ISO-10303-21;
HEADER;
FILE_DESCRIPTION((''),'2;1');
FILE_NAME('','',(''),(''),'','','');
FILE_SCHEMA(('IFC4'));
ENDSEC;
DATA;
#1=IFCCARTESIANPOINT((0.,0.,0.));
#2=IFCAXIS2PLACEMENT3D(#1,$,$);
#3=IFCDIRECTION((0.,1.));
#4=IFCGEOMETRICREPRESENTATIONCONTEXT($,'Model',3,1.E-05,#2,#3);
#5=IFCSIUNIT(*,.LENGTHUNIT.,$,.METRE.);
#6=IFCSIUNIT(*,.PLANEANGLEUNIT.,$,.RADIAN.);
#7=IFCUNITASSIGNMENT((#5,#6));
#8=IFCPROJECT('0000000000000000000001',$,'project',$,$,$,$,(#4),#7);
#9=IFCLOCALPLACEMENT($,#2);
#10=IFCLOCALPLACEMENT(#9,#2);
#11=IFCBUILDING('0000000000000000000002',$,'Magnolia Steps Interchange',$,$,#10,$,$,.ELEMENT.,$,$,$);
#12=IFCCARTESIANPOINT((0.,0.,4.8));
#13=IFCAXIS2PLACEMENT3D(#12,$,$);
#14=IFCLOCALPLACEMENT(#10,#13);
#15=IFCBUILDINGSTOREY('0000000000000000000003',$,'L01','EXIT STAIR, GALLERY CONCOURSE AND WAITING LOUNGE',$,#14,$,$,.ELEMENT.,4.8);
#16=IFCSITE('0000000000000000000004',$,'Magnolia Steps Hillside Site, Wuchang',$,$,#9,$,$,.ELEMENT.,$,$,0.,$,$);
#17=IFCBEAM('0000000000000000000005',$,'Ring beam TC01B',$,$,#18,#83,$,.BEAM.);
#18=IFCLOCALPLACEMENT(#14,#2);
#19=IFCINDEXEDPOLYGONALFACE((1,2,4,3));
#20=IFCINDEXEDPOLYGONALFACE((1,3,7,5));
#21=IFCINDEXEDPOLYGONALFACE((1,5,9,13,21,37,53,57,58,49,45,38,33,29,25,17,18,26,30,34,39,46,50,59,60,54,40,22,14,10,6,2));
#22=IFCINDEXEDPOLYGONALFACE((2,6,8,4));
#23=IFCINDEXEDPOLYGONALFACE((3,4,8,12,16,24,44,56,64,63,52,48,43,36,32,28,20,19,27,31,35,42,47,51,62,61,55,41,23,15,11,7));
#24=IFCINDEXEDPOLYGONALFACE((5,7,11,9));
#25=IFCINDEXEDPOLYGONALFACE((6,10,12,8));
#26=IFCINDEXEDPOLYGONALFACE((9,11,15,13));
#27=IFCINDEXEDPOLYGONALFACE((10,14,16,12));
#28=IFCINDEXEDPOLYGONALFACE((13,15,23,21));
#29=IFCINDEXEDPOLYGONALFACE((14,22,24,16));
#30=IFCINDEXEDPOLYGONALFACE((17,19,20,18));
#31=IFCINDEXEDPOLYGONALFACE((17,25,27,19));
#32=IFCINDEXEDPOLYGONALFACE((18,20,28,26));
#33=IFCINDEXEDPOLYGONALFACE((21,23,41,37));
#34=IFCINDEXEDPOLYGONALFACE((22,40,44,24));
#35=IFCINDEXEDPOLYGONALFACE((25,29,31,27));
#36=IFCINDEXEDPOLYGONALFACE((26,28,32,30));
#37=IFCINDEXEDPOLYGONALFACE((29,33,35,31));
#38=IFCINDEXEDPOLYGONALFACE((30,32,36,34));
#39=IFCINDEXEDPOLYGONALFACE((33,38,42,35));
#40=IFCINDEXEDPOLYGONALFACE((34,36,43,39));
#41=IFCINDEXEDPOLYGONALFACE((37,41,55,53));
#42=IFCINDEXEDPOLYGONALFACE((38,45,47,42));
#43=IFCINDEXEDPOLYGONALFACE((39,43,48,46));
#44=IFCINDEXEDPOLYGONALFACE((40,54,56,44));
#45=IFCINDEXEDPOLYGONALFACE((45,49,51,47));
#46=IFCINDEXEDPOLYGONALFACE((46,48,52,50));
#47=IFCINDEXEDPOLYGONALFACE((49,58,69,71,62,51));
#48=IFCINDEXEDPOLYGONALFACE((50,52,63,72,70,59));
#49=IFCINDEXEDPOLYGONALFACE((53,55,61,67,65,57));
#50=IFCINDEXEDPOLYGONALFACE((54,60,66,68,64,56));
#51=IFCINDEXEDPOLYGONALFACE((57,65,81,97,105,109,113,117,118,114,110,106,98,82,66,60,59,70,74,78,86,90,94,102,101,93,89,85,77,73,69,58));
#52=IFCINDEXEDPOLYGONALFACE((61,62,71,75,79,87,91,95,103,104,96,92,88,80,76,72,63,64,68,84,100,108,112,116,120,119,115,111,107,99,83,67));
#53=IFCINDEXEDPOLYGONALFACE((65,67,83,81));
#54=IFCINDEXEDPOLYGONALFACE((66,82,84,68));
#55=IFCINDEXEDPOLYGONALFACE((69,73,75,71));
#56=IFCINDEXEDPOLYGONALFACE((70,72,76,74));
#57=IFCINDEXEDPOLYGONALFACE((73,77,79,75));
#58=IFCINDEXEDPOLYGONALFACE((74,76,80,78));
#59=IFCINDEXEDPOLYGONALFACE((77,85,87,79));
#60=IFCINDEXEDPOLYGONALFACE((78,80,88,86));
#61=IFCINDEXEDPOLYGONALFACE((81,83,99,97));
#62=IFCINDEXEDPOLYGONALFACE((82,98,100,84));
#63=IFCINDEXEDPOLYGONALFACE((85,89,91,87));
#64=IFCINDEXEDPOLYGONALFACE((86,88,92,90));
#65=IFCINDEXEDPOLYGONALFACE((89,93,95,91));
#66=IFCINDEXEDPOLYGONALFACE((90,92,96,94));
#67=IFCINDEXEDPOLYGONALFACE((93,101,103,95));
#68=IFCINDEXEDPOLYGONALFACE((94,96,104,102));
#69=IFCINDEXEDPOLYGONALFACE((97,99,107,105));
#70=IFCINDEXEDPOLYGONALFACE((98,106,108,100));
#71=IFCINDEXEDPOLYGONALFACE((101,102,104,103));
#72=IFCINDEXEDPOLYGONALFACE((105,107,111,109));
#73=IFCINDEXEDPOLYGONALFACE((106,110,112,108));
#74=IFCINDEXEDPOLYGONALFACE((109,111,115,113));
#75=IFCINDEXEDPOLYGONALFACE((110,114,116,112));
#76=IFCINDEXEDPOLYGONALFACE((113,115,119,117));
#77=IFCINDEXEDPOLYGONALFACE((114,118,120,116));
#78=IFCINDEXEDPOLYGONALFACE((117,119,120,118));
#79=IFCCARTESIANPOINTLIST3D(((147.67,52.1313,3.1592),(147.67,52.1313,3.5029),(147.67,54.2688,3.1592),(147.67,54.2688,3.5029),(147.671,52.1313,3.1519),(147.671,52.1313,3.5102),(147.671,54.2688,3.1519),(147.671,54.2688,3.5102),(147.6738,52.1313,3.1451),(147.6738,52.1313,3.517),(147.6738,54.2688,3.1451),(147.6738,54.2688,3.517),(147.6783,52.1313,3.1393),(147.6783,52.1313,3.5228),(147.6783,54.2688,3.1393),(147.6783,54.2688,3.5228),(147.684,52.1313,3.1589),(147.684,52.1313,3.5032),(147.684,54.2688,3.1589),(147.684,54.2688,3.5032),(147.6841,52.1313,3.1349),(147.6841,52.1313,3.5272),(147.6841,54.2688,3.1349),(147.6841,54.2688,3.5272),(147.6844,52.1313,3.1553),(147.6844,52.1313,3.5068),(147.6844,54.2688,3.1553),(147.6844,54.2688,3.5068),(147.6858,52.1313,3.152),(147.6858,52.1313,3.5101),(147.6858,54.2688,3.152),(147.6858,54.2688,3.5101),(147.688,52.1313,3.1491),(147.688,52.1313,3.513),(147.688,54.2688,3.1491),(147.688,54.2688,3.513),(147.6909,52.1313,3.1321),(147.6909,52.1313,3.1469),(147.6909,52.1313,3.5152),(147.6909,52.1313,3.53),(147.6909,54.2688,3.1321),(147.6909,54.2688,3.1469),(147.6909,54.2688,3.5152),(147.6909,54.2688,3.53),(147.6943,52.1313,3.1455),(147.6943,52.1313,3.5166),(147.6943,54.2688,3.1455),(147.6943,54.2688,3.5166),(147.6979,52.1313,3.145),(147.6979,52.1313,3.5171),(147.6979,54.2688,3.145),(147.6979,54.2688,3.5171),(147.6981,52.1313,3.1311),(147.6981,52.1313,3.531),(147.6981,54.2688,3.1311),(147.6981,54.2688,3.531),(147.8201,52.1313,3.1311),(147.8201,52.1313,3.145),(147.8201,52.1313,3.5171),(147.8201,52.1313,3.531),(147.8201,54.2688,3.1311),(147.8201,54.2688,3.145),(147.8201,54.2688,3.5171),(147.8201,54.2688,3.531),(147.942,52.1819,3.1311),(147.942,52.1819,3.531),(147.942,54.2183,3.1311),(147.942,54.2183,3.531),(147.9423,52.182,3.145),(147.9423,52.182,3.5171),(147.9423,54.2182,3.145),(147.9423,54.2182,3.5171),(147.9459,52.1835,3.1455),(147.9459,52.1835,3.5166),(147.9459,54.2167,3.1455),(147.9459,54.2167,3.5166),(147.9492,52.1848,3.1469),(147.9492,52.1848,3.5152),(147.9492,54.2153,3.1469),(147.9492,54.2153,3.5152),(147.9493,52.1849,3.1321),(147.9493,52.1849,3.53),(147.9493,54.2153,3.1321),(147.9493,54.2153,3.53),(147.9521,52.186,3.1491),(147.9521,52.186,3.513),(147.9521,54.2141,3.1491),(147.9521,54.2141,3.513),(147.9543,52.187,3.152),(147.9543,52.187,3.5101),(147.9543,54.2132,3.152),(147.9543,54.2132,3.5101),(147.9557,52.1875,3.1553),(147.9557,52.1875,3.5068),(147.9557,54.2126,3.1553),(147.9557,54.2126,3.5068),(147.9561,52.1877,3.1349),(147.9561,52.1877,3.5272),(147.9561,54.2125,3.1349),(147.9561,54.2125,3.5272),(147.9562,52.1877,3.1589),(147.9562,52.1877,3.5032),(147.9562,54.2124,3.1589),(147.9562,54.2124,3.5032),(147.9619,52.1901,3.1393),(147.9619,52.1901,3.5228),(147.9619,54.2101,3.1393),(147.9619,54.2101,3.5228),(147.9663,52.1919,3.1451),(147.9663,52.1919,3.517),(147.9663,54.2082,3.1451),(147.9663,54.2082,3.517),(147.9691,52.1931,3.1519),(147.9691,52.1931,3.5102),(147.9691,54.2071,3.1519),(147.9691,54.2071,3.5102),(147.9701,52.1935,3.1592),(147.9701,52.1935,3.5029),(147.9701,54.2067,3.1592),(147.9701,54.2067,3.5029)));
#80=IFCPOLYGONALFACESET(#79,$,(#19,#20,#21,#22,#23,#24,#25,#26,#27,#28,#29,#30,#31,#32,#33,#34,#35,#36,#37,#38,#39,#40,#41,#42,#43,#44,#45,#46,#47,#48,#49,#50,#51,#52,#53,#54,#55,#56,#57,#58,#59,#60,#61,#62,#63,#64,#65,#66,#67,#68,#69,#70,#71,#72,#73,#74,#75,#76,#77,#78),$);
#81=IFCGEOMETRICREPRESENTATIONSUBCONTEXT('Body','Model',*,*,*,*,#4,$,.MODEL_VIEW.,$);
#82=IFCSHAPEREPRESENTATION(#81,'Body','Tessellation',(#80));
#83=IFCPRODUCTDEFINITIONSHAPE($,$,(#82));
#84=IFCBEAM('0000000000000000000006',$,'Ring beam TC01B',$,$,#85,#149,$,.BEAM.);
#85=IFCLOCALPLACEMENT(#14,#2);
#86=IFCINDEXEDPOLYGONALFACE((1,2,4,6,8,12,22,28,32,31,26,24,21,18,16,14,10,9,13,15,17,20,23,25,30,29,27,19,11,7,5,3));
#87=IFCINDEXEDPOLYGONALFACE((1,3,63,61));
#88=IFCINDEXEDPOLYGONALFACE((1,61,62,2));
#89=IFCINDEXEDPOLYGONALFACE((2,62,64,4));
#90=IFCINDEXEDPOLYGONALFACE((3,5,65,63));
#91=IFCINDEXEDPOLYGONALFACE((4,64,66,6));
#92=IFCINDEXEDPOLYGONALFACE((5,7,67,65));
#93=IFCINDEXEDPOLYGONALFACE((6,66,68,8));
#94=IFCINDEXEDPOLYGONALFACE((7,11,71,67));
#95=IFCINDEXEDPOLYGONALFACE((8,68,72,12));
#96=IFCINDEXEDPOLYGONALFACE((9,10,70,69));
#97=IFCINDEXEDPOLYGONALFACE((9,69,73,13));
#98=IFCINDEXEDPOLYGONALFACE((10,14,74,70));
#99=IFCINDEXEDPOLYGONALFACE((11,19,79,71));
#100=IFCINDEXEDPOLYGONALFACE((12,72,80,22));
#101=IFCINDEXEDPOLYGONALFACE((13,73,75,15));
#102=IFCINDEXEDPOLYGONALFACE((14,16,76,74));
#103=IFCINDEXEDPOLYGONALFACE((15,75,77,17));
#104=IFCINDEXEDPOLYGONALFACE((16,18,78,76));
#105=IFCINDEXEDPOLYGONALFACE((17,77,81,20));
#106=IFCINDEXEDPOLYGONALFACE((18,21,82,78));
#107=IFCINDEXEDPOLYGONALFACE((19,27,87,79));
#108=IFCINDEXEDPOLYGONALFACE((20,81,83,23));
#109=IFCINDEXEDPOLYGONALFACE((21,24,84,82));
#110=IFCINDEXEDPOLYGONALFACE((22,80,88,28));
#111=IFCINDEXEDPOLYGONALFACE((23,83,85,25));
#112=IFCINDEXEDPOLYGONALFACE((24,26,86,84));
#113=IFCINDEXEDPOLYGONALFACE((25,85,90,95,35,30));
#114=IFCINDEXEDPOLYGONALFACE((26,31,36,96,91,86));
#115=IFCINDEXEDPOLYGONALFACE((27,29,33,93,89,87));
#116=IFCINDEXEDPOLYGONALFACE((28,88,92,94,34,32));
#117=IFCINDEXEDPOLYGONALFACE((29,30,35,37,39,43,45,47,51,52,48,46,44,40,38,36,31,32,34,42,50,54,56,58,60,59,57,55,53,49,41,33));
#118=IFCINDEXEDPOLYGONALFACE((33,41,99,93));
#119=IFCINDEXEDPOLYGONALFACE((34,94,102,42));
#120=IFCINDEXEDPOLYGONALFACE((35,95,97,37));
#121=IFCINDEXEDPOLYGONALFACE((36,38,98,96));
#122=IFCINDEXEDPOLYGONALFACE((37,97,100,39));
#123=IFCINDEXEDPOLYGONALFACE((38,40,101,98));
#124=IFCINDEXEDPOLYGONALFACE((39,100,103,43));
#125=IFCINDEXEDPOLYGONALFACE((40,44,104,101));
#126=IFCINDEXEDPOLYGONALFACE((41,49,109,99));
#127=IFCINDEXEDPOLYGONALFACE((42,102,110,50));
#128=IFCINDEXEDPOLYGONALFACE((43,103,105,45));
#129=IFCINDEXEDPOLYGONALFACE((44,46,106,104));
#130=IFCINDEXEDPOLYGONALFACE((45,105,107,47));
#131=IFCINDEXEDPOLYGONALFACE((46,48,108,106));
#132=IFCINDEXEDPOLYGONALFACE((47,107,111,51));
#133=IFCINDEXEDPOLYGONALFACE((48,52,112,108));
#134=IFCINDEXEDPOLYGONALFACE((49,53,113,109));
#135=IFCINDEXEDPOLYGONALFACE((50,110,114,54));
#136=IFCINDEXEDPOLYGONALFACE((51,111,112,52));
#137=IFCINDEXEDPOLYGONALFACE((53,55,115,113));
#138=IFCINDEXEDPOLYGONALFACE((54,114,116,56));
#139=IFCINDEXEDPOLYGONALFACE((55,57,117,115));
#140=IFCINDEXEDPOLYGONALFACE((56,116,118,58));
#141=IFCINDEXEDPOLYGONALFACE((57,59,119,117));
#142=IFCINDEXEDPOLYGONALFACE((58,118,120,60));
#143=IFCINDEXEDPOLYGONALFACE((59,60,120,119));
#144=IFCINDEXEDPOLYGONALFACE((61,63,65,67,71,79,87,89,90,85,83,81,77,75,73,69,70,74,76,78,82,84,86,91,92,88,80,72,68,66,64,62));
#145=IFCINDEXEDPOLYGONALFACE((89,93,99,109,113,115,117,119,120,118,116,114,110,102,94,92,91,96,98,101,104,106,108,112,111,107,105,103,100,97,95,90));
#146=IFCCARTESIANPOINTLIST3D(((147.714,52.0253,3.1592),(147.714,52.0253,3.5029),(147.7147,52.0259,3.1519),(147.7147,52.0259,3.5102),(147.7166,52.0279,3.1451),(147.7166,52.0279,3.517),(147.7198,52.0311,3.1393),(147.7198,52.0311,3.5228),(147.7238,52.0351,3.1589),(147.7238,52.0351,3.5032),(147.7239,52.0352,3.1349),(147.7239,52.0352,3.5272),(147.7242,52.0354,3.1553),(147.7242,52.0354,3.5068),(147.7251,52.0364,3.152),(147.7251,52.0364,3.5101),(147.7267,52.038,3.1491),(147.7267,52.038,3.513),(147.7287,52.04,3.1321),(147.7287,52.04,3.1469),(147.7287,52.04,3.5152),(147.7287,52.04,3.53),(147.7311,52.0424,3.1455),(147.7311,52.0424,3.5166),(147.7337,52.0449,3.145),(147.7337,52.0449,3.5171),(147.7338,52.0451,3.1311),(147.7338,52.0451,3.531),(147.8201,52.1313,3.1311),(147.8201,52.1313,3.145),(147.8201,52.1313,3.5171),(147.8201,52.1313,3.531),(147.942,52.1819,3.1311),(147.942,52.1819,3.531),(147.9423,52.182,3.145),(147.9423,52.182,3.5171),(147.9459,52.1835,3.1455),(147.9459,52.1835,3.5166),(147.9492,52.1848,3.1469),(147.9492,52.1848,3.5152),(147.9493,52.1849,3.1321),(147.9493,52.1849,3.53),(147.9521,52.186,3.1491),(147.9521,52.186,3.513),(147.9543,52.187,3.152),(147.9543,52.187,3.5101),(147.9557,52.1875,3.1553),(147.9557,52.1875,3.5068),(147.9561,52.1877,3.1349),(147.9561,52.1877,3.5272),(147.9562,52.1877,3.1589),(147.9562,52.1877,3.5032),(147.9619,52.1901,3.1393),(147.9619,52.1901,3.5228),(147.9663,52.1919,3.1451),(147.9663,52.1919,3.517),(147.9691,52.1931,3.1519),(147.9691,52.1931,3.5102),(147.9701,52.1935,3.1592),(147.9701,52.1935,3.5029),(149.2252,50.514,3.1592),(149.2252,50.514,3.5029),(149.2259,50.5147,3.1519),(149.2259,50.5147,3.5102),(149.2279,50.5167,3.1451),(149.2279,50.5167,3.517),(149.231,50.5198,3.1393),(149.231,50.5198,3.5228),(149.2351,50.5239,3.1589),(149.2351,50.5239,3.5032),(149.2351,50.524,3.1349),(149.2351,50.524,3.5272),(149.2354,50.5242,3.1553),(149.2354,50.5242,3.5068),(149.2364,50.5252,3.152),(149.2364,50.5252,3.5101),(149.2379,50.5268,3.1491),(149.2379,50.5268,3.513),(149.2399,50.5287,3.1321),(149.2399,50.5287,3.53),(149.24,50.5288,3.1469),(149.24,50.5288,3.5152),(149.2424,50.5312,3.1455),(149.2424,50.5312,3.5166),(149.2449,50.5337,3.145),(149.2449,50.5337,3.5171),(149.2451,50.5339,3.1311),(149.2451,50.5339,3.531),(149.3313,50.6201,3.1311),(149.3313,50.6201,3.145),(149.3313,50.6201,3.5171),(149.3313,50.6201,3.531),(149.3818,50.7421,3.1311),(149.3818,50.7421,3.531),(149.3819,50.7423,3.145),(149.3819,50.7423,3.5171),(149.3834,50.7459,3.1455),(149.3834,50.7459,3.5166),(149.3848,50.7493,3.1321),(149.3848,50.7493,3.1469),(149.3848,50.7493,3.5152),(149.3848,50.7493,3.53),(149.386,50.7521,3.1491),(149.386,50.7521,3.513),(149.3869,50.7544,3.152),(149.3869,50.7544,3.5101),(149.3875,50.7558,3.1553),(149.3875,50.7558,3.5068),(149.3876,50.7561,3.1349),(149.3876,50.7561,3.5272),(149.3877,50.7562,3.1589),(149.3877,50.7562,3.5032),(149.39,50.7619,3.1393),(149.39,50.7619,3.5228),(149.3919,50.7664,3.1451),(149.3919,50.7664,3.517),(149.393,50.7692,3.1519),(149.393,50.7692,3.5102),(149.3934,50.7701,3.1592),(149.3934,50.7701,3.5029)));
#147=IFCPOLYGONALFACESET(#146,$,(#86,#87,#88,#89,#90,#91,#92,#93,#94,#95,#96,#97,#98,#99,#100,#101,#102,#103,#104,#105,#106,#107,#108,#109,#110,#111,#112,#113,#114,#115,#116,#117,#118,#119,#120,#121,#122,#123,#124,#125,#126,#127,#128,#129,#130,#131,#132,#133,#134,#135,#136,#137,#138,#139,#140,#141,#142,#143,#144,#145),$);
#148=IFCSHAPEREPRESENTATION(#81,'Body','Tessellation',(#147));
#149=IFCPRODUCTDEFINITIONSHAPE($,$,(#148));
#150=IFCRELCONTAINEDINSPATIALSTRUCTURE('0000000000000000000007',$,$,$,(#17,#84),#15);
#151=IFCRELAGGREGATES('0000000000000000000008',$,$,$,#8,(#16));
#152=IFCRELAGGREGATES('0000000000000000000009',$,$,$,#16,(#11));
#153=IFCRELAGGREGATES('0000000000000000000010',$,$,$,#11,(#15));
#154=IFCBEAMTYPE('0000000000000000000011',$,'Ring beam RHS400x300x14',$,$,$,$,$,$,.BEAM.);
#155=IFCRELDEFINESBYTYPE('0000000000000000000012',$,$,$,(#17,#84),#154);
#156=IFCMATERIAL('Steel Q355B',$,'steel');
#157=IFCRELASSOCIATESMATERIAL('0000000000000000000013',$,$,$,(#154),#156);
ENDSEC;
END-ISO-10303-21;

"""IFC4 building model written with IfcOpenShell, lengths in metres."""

from ifc_helpers import new_model, si_unit, direction, frame, origin, origin_2d, place, context, subcontext, project, spatial, hollow_rectangle, extrude, clip, halfspace, material, material_profile, profile_set, type_object, element, save


model = new_model("IFC4")

# Units and contexts
model_context = context("Model", 3, precision=1e-05, world=origin(), true_north=direction((0.0, 1.0)))
body_context = subcontext(model_context, "Body", "Model", "MODEL_VIEW")
ifc_project = project(units=[si_unit("LENGTHUNIT", "METRE"), si_unit("PLANEANGLEUNIT", "RADIAN")], contexts=[model_context])

# Site, building, storey
site_placement = place(None, origin())
site = spatial("IfcSite", under=ifc_project, at=site_placement, Name="Magnolia Steps Hillside Site, Wuchang", CompositionType="ELEMENT", RefElevation=0.0)
building_placement = place(site_placement, origin())
building = spatial("IfcBuilding", under=site, at=building_placement, Name="Magnolia Steps Interchange", CompositionType="ELEMENT")
storey_placement = place(building_placement, frame((0.0, 0.0, 4.8)))
storey = spatial("IfcBuildingStorey", under=building, at=storey_placement, Name="L01", Description="EXIT STAIR, GALLERY CONCOURSE AND WAITING LOUNGE", CompositionType="ELEMENT", Elevation=4.8)

# Beams
ifc_material_1 = material(Name="Steel Q355B", Category="steel")
ifc_material_profile_1 = material_profile(ifc_material_1, hollow_rectangle(XDim=0.3, YDim=0.3999, WallThickness=0.0139, InnerFilletRadius=0.0139, OuterFilletRadius=0.0281, at=origin_2d()), Name="RHS400x300x14")
ifc_profile_set_1 = profile_set([ifc_material_profile_1], Name="Steel Q355B")
beam_type = type_object("IfcBeamType", Name="Ring beam RHS400x300x14", PredefinedType="BEAM", material=ifc_profile_set_1)
for number, where, z_axis, x_axis, name in (
    (1, (147.8201, 54.2688, 3.3311), (0.0, -1.0, 0.0), (1.0, 0.0, 0.0), "Ring beam TC01B"),
):
    element("IfcBeam", number, at=place(storey_placement, frame(where, z_axis=z_axis, x_axis=x_axis)), inside=storey, type_object=beam_type, Name=name, PredefinedType="BEAM", context=body_context, shape_type="Clipping", body=[
        clip(clip(extrude(hollow_rectangle(XDim=0.3, YDim=0.3999, WallThickness=0.0139, InnerFilletRadius=0.0139, OuterFilletRadius=0.0281, at=origin_2d()), origin(), (0.0, 0.0, 1.0), 2.1375), halfspace(frame((0.0, 0.0, 0.0), z_axis=(0.382683, 0.0, -0.92388), x_axis=(0.92388, 0.0, 0.382683)), False)), halfspace(frame((0.0, 0.0, 2.1375), z_axis=(0.382683, 0.0, 0.92388), x_axis=(0.92388, 0.0, -0.382683)), False)),
    ])
beam_1_placement = place(storey_placement, frame((147.8201, 52.1313, 3.3311), z_axis=(0.707107, -0.707107, 0.0), x_axis=(0.707107, 0.707107, 0.0)))
element("IfcBeam", 2, at=beam_1_placement, inside=storey, type_object=beam_type, Name="Ring beam TC01B", PredefinedType="BEAM", context=body_context, shape_type="Clipping", body=[
    clip(clip(extrude(hollow_rectangle(XDim=0.3, YDim=0.3999, WallThickness=0.0139, InnerFilletRadius=0.0139, OuterFilletRadius=0.0281, at=origin_2d()), origin(), (0.0, 0.0, 1.0), 2.1372), halfspace(frame((0.0, 0.0, 0.0), z_axis=(0.382683, 0.0, -0.92388), x_axis=(0.92388, 0.0, 0.382683)), False)), halfspace(frame((0.0, 0.0, 2.1372), z_axis=(0.382683, 0.0, 0.92388), x_axis=(0.92388, 0.0, -0.382683)), False)),
])

save(model, "model.ifc")
